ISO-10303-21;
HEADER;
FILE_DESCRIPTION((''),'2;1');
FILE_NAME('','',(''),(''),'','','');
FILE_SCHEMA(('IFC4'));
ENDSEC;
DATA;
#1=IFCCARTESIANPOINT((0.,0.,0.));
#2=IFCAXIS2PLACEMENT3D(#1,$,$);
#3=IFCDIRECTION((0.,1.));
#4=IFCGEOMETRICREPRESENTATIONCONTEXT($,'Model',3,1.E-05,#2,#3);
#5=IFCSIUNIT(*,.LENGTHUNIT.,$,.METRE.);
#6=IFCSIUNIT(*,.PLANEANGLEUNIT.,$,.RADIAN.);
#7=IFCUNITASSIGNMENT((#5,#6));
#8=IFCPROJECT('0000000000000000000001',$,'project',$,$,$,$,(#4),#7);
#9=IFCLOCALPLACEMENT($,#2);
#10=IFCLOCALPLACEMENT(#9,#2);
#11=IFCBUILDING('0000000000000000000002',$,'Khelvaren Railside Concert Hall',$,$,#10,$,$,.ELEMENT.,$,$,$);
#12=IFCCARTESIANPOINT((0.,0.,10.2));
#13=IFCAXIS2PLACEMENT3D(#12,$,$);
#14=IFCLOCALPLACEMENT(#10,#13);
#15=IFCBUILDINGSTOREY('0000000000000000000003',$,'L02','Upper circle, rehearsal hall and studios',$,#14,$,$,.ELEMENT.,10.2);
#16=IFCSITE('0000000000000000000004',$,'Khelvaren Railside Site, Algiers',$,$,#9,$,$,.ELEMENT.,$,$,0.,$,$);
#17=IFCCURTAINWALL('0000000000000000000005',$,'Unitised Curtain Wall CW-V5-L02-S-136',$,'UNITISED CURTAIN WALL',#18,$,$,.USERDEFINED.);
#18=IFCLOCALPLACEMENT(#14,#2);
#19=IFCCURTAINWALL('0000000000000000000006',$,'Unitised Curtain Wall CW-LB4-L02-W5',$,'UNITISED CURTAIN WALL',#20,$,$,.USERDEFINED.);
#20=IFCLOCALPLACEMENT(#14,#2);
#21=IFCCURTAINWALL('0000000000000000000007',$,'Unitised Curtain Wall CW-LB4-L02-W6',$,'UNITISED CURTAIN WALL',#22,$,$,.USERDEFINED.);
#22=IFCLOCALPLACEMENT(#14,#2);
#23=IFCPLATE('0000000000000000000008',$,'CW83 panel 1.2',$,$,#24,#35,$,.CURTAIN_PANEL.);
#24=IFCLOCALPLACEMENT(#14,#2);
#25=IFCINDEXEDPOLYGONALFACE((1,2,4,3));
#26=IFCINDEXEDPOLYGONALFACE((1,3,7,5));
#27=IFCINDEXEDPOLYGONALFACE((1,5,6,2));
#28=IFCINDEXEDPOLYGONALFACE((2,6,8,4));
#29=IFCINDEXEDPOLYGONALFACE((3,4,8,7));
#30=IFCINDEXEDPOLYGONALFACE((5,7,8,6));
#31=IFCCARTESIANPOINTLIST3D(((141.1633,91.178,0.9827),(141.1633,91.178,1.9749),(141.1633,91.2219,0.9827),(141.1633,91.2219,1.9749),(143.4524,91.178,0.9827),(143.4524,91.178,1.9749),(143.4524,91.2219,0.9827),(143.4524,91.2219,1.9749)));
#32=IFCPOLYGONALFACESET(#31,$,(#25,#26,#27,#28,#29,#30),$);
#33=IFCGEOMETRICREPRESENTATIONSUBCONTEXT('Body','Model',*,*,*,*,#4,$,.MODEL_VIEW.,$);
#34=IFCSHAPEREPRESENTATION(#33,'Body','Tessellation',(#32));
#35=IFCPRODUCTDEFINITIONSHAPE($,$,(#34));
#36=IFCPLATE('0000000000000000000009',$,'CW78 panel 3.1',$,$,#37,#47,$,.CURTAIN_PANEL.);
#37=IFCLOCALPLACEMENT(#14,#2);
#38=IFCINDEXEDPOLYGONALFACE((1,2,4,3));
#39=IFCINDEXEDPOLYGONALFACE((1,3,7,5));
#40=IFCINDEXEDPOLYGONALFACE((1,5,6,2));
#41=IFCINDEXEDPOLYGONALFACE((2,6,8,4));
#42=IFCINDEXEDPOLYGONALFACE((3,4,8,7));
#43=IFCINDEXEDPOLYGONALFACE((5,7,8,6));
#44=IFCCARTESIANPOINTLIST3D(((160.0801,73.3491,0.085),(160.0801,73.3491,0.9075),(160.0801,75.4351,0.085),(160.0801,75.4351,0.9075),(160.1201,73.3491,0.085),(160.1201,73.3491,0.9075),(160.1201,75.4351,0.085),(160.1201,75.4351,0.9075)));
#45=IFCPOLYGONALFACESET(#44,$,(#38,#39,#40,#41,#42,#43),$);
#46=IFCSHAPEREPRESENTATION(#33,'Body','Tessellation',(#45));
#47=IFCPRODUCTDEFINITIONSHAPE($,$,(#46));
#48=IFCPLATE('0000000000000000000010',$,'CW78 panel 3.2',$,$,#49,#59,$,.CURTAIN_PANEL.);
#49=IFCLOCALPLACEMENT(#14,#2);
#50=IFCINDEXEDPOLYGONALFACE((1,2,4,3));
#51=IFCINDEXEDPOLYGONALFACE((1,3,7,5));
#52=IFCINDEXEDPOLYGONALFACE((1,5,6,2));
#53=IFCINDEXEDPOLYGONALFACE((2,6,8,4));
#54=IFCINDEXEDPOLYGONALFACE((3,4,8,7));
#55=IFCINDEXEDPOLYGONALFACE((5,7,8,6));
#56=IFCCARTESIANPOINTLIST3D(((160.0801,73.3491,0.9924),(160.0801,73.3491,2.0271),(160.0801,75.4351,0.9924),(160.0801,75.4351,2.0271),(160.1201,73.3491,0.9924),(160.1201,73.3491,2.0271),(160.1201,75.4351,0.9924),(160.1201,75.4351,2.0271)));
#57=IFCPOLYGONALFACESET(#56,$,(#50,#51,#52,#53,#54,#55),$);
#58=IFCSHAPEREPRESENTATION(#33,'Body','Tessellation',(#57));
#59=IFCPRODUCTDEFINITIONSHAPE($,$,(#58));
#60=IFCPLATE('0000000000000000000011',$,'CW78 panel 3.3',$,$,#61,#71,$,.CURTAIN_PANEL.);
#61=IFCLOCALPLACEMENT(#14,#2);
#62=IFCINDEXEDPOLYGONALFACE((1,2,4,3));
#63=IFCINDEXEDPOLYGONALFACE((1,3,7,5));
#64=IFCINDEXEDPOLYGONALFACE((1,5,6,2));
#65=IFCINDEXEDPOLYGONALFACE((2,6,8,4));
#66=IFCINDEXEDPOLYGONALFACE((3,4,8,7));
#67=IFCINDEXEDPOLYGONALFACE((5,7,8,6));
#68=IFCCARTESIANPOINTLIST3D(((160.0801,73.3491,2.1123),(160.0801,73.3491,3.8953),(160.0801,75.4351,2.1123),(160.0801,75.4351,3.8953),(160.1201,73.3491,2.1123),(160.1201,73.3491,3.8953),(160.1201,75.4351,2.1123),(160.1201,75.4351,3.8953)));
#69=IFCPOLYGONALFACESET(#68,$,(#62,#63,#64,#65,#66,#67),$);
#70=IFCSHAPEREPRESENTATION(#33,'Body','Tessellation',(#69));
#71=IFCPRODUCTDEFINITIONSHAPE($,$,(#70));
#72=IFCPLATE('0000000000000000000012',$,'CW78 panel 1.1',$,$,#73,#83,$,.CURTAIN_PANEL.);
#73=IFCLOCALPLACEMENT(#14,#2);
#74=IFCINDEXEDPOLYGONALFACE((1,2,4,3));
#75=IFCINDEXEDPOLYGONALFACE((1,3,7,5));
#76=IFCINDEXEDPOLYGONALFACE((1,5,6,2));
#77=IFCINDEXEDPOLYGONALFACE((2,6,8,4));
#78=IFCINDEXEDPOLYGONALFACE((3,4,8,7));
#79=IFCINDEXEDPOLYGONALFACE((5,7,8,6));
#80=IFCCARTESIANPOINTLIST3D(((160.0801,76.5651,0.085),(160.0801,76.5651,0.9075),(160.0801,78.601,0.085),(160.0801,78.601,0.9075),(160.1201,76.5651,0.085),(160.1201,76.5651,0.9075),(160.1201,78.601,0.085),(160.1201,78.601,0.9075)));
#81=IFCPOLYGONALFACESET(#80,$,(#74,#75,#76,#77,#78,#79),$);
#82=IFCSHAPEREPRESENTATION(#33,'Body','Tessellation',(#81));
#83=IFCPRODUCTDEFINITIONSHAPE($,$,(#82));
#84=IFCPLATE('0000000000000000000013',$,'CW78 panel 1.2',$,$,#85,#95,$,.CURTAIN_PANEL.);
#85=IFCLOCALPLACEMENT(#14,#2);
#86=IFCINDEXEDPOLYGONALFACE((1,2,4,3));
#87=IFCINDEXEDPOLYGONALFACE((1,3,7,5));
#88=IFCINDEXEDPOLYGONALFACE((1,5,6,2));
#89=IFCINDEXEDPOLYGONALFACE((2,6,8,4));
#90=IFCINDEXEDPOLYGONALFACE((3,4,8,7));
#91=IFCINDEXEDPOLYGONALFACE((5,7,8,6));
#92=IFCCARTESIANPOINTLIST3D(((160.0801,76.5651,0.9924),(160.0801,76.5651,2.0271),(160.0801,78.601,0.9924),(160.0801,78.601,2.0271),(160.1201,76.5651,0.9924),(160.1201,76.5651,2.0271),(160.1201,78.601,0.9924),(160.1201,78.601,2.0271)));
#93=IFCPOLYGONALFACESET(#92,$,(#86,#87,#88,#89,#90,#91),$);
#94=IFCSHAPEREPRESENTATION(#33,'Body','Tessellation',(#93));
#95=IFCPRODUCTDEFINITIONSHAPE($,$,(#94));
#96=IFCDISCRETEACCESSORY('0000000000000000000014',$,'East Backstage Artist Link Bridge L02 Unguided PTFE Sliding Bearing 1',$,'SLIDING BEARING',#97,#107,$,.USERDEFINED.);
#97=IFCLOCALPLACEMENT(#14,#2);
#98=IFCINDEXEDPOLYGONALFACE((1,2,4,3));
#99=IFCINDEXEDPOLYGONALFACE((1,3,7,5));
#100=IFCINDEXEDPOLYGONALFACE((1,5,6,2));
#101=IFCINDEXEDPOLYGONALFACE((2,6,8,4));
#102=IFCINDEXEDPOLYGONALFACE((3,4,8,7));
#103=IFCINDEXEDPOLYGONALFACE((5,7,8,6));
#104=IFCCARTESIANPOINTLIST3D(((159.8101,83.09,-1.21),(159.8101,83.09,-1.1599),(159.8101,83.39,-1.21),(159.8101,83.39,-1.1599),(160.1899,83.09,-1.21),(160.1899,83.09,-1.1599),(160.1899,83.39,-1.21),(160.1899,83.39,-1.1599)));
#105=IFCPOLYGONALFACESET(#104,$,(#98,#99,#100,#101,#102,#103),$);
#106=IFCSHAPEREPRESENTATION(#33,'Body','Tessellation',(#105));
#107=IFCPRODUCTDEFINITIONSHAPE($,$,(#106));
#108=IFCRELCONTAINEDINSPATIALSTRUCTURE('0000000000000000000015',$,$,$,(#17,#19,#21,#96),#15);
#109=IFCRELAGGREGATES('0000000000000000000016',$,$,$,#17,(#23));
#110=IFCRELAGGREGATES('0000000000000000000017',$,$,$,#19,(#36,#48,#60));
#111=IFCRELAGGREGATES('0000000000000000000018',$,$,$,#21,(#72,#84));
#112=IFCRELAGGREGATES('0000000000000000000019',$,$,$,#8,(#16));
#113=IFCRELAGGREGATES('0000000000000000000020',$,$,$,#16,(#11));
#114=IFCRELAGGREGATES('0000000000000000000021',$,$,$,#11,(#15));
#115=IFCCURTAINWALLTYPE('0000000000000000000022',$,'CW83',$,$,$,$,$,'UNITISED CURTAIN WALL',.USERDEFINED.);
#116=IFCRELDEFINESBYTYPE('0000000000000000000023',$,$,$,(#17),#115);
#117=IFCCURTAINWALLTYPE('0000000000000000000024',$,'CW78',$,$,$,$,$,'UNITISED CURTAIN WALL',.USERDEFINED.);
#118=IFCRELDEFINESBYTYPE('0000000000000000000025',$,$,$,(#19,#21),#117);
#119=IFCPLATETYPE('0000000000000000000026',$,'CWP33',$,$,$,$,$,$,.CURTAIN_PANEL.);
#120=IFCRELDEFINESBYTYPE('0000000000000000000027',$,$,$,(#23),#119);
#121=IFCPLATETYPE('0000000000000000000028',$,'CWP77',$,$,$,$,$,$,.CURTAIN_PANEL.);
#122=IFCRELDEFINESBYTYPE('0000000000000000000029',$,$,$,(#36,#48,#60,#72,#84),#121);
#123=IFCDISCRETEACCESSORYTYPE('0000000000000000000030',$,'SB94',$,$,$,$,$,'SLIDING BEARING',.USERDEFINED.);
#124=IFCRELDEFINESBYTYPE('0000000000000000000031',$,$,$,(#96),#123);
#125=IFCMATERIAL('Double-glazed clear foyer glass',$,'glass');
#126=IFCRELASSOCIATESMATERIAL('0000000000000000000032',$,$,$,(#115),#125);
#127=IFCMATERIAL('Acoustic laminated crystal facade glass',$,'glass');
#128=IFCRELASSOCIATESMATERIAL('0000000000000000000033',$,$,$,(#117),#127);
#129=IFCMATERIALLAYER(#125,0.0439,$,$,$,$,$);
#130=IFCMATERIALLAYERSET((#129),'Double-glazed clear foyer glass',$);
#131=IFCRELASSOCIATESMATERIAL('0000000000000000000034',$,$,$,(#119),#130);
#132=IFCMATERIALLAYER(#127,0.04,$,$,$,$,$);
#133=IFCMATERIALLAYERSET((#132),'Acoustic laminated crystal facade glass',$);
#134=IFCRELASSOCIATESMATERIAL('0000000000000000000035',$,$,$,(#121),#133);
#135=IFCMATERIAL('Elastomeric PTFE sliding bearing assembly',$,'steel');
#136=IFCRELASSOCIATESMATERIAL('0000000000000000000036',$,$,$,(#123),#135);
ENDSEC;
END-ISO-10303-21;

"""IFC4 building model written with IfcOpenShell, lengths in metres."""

from ifc_helpers import new_model, si_unit, direction, frame, origin, origin_2d, place, context, subcontext, project, spatial, rectangle, extrude, material, layer, layer_set, type_object, element, aggregate, save


model = new_model("IFC4")

# Units and contexts
model_context = context("Model", 3, precision=1e-05, world=origin(), true_north=direction((0.0, 1.0)))
body_context = subcontext(model_context, "Body", "Model", "MODEL_VIEW")
ifc_project = project(units=[si_unit("LENGTHUNIT", "METRE"), si_unit("PLANEANGLEUNIT", "RADIAN")], contexts=[model_context])

# Site, building, storey
site_placement = place(None, origin())
site = spatial("IfcSite", under=ifc_project, at=site_placement, Name="Khelvaren Railside Site, Algiers", CompositionType="ELEMENT", RefElevation=0.0)
building_placement = place(site_placement, origin())
building = spatial("IfcBuilding", under=site, at=building_placement, Name="Khelvaren Railside Concert Hall", CompositionType="ELEMENT")
storey_placement = place(building_placement, frame((0.0, 0.0, 10.2)))
storey = spatial("IfcBuildingStorey", under=building, at=storey_placement, Name="L02", Description="Upper circle, rehearsal hall and studios", CompositionType="ELEMENT", Elevation=10.2)

# Curtain walls
ifc_material_1 = material(Name="Double-glazed clear foyer glass", Category="glass")
curtain_wall_type_1 = type_object("IfcCurtainWallType", Name="CW83", ElementType="UNITISED CURTAIN WALL", PredefinedType="USERDEFINED", material=ifc_material_1)
curtain_wall_1_placement = place(storey_placement, origin())
curtain_wall_1 = element("IfcCurtainWall", 1, at=curtain_wall_1_placement, inside=storey, type_object=curtain_wall_type_1, Name="Unitised Curtain Wall CW-V5-L02-S-136", ObjectType="UNITISED CURTAIN WALL", PredefinedType="USERDEFINED")
ifc_material_2 = material(Name="Acoustic laminated crystal facade glass", Category="glass")
curtain_wall_type_2 = type_object("IfcCurtainWallType", Name="CW78", ElementType="UNITISED CURTAIN WALL", PredefinedType="USERDEFINED", material=ifc_material_2)
curtain_wall_2_placement = place(storey_placement, origin())
curtain_wall_2 = element("IfcCurtainWall", 2, at=curtain_wall_2_placement, inside=storey, type_object=curtain_wall_type_2, Name="Unitised Curtain Wall CW-LB4-L02-W5", ObjectType="UNITISED CURTAIN WALL", PredefinedType="USERDEFINED")
curtain_wall_3_placement = place(storey_placement, origin())
curtain_wall_3 = element("IfcCurtainWall", 3, at=curtain_wall_3_placement, inside=storey, type_object=curtain_wall_type_2, Name="Unitised Curtain Wall CW-LB4-L02-W6", ObjectType="UNITISED CURTAIN WALL", PredefinedType="USERDEFINED")

# Plates
ifc_layer_1 = layer(ifc_material_1, 0.0439)
ifc_layer_set_1 = layer_set([ifc_layer_1], Name="Double-glazed clear foyer glass")
plate_type_1 = type_object("IfcPlateType", Name="CWP33", PredefinedType="CURTAIN_PANEL", material=ifc_layer_set_1)
plate_1_placement = place(storey_placement, frame((142.3079, 91.2, 0.9827), z_axis=(0.0, 0.0, 1.0), x_axis=(-1.0, 0.0, 0.0)))
plate_1 = element("IfcPlate", 4, at=plate_1_placement, type_object=plate_type_1, Name="CW83 panel 1.2", PredefinedType="CURTAIN_PANEL", context=body_context, shape_type="SweptSolid", body=[
    extrude(rectangle(XDim=2.2891, YDim=0.0439, at=origin_2d()), origin(), (0.0, 0.0, 1.0), 0.9922),
])
aggregate(curtain_wall_1, [plate_1])
ifc_layer_2 = layer(ifc_material_2, 0.04)
ifc_layer_set_2 = layer_set([ifc_layer_2], Name="Acoustic laminated crystal facade glass")
plate_type_2 = type_object("IfcPlateType", Name="CWP77", PredefinedType="CURTAIN_PANEL", material=ifc_layer_set_2)
plate_2_placement = place(storey_placement, frame((160.1001, 74.3921, 0.085), z_axis=(0.0, 0.0, 1.0), x_axis=(0.0, 1.0, 0.0)))
plate_2 = element("IfcPlate", 5, at=plate_2_placement, type_object=plate_type_2, Name="CW78 panel 3.1", PredefinedType="CURTAIN_PANEL", context=body_context, shape_type="SweptSolid", body=[
    extrude(rectangle(XDim=2.0859, YDim=0.04, at=origin_2d()), origin(), (0.0, 0.0, 1.0), 0.8225),
])
plate_3_placement = place(storey_placement, frame((160.1001, 74.3921, 0.9924), z_axis=(0.0, 0.0, 1.0), x_axis=(0.0, 1.0, 0.0)))
plate_3 = element("IfcPlate", 6, at=plate_3_placement, type_object=plate_type_2, Name="CW78 panel 3.2", PredefinedType="CURTAIN_PANEL", context=body_context, shape_type="SweptSolid", body=[
    extrude(rectangle(XDim=2.0859, YDim=0.04, at=origin_2d()), origin(), (0.0, 0.0, 1.0), 1.0347),
])
plate_4_placement = place(storey_placement, frame((160.1001, 74.3921, 2.1123), z_axis=(0.0, 0.0, 1.0), x_axis=(0.0, 1.0, 0.0)))
plate_4 = element("IfcPlate", 7, at=plate_4_placement, type_object=plate_type_2, Name="CW78 panel 3.3", PredefinedType="CURTAIN_PANEL", context=body_context, shape_type="SweptSolid", body=[
    extrude(rectangle(XDim=2.0859, YDim=0.04, at=origin_2d()), origin(), (0.0, 0.0, 1.0), 1.783),
])
aggregate(curtain_wall_2, [plate_2, plate_3, plate_4])
plate_5_placement = place(storey_placement, frame((160.1001, 77.583, 0.085), z_axis=(0.0, 0.0, 1.0), x_axis=(0.0, 1.0, 0.0)))
plate_5 = element("IfcPlate", 8, at=plate_5_placement, type_object=plate_type_2, Name="CW78 panel 1.1", PredefinedType="CURTAIN_PANEL", context=body_context, shape_type="SweptSolid", body=[
    extrude(rectangle(XDim=2.0359, YDim=0.04, at=origin_2d()), origin(), (0.0, 0.0, 1.0), 0.8225),
])
plate_6_placement = place(storey_placement, frame((160.1001, 77.583, 0.9924), z_axis=(0.0, 0.0, 1.0), x_axis=(0.0, 1.0, 0.0)))
plate_6 = element("IfcPlate", 9, at=plate_6_placement, type_object=plate_type_2, Name="CW78 panel 1.2", PredefinedType="CURTAIN_PANEL", context=body_context, shape_type="SweptSolid", body=[
    extrude(rectangle(XDim=2.0359, YDim=0.04, at=origin_2d()), origin(), (0.0, 0.0, 1.0), 1.0347),
])
aggregate(curtain_wall_3, [plate_5, plate_6])

# Discrete accessory
ifc_material_3 = material(Name="Elastomeric PTFE sliding bearing assembly", Category="steel")
discrete_accessory_type = type_object("IfcDiscreteAccessoryType", Name="SB94", ElementType="SLIDING BEARING", PredefinedType="USERDEFINED", material=ifc_material_3)
discrete_accessory_placement = place(storey_placement, frame((160.0, 83.24, -1.21), z_axis=(0.0, 0.0, 1.0), x_axis=(0.0, 1.0, 0.0)))
element("IfcDiscreteAccessory", 10, at=discrete_accessory_placement, inside=storey, type_object=discrete_accessory_type, Name="East Backstage Artist Link Bridge L02 Unguided PTFE Sliding Bearing 1", ObjectType="SLIDING BEARING", PredefinedType="USERDEFINED", context=body_context, shape_type="SweptSolid", body=[
    extrude(rectangle(XDim=0.3, YDim=0.3799, at=origin_2d()), origin(), (0.0, 0.0, 1.0), 0.05),
])

save(model, "model.ifc")
